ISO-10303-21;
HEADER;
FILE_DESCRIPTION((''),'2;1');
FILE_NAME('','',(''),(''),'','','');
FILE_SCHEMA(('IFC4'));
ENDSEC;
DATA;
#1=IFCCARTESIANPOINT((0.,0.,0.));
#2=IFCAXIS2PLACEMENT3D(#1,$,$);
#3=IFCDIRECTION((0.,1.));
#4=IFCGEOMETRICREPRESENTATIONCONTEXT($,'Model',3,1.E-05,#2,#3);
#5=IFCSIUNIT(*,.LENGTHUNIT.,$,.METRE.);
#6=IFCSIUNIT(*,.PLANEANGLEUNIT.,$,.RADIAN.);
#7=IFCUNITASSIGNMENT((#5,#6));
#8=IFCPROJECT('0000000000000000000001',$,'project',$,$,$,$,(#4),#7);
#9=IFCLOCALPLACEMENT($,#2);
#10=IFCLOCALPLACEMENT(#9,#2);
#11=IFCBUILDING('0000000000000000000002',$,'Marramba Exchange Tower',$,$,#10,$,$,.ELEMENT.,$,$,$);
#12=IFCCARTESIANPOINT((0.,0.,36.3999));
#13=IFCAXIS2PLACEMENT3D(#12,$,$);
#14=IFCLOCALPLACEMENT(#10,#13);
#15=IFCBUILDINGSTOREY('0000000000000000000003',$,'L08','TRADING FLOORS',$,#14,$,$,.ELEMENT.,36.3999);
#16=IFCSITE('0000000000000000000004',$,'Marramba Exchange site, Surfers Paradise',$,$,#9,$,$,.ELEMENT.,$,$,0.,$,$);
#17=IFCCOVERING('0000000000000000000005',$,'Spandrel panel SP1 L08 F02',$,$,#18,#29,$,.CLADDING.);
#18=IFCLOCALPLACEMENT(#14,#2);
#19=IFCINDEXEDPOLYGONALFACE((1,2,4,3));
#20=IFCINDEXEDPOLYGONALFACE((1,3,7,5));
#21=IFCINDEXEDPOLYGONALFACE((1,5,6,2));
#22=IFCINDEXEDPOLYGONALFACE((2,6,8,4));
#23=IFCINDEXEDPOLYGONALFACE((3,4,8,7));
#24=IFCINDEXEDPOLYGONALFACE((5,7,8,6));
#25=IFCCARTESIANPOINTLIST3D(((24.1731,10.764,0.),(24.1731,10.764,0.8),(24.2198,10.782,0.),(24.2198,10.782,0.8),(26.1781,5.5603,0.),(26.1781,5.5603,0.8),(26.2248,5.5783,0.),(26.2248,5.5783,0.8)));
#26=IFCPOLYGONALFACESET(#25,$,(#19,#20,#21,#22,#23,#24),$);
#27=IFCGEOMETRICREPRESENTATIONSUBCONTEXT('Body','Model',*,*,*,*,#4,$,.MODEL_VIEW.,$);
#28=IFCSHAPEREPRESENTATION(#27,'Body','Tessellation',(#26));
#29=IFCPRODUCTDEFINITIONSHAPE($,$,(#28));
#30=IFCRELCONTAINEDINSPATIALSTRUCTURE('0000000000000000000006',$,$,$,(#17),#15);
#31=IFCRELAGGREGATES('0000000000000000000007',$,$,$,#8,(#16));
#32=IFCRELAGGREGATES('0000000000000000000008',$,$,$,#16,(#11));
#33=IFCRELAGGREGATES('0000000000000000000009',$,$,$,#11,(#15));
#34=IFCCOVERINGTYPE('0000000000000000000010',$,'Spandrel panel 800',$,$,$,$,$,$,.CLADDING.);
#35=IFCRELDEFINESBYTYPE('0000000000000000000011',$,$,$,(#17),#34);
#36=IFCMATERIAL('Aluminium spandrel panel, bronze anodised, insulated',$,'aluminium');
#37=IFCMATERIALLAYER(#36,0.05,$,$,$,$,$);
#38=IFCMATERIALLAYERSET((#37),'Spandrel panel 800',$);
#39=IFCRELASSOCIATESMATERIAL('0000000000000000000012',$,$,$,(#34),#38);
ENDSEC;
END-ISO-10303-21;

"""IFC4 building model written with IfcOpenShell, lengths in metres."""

from ifc_helpers import new_model, si_unit, direction, frame, origin, origin_2d, place, context, subcontext, project, spatial, rectangle, extrude, material, layer, layer_set, type_object, element, save


model = new_model("IFC4")

# Units and contexts
model_context = context("Model", 3, precision=1e-05, world=origin(), true_north=direction((0.0, 1.0)))
body_context = subcontext(model_context, "Body", "Model", "MODEL_VIEW")
ifc_project = project(units=[si_unit("LENGTHUNIT", "METRE"), si_unit("PLANEANGLEUNIT", "RADIAN")], contexts=[model_context])

# Site, building, storey
site_placement = place(None, origin())
site = spatial("IfcSite", under=ifc_project, at=site_placement, Name="Marramba Exchange site, Surfers Paradise", CompositionType="ELEMENT", RefElevation=0.0)
building_placement = place(site_placement, origin())
building = spatial("IfcBuilding", under=site, at=building_placement, Name="Marramba Exchange Tower", CompositionType="ELEMENT")
storey_placement = place(building_placement, frame((0.0, 0.0, 36.3999)))
storey = spatial("IfcBuildingStorey", under=building, at=storey_placement, Name="L08", Description="TRADING FLOORS", CompositionType="ELEMENT", Elevation=36.3999)

# Covering
ifc_material_1 = material(Name="Aluminium spandrel panel, bronze anodised, insulated", Category="aluminium")
ifc_layer_1 = layer(ifc_material_1, 0.05)
ifc_layer_set_1 = layer_set([ifc_layer_1], Name="Spandrel panel 800")
covering_type = type_object("IfcCoveringType", Name="Spandrel panel 800", PredefinedType="CLADDING", material=ifc_layer_set_1)
covering_1_placement = place(storey_placement, frame((25.199, 8.1711, 0.0), z_axis=(0.0, 0.0, 1.0), x_axis=(-0.359526, 0.933135, 0.0)))
element("IfcCovering", 1, at=covering_1_placement, inside=storey, type_object=covering_type, Name="Spandrel panel SP1 L08 F02", PredefinedType="CLADDING", context=body_context, shape_type="SweptSolid", body=[
    extrude(rectangle(XDim=5.5767, YDim=0.05, at=origin_2d()), origin(), (0.0, 0.0, 1.0), 0.8),
])

save(model, "model.ifc")
